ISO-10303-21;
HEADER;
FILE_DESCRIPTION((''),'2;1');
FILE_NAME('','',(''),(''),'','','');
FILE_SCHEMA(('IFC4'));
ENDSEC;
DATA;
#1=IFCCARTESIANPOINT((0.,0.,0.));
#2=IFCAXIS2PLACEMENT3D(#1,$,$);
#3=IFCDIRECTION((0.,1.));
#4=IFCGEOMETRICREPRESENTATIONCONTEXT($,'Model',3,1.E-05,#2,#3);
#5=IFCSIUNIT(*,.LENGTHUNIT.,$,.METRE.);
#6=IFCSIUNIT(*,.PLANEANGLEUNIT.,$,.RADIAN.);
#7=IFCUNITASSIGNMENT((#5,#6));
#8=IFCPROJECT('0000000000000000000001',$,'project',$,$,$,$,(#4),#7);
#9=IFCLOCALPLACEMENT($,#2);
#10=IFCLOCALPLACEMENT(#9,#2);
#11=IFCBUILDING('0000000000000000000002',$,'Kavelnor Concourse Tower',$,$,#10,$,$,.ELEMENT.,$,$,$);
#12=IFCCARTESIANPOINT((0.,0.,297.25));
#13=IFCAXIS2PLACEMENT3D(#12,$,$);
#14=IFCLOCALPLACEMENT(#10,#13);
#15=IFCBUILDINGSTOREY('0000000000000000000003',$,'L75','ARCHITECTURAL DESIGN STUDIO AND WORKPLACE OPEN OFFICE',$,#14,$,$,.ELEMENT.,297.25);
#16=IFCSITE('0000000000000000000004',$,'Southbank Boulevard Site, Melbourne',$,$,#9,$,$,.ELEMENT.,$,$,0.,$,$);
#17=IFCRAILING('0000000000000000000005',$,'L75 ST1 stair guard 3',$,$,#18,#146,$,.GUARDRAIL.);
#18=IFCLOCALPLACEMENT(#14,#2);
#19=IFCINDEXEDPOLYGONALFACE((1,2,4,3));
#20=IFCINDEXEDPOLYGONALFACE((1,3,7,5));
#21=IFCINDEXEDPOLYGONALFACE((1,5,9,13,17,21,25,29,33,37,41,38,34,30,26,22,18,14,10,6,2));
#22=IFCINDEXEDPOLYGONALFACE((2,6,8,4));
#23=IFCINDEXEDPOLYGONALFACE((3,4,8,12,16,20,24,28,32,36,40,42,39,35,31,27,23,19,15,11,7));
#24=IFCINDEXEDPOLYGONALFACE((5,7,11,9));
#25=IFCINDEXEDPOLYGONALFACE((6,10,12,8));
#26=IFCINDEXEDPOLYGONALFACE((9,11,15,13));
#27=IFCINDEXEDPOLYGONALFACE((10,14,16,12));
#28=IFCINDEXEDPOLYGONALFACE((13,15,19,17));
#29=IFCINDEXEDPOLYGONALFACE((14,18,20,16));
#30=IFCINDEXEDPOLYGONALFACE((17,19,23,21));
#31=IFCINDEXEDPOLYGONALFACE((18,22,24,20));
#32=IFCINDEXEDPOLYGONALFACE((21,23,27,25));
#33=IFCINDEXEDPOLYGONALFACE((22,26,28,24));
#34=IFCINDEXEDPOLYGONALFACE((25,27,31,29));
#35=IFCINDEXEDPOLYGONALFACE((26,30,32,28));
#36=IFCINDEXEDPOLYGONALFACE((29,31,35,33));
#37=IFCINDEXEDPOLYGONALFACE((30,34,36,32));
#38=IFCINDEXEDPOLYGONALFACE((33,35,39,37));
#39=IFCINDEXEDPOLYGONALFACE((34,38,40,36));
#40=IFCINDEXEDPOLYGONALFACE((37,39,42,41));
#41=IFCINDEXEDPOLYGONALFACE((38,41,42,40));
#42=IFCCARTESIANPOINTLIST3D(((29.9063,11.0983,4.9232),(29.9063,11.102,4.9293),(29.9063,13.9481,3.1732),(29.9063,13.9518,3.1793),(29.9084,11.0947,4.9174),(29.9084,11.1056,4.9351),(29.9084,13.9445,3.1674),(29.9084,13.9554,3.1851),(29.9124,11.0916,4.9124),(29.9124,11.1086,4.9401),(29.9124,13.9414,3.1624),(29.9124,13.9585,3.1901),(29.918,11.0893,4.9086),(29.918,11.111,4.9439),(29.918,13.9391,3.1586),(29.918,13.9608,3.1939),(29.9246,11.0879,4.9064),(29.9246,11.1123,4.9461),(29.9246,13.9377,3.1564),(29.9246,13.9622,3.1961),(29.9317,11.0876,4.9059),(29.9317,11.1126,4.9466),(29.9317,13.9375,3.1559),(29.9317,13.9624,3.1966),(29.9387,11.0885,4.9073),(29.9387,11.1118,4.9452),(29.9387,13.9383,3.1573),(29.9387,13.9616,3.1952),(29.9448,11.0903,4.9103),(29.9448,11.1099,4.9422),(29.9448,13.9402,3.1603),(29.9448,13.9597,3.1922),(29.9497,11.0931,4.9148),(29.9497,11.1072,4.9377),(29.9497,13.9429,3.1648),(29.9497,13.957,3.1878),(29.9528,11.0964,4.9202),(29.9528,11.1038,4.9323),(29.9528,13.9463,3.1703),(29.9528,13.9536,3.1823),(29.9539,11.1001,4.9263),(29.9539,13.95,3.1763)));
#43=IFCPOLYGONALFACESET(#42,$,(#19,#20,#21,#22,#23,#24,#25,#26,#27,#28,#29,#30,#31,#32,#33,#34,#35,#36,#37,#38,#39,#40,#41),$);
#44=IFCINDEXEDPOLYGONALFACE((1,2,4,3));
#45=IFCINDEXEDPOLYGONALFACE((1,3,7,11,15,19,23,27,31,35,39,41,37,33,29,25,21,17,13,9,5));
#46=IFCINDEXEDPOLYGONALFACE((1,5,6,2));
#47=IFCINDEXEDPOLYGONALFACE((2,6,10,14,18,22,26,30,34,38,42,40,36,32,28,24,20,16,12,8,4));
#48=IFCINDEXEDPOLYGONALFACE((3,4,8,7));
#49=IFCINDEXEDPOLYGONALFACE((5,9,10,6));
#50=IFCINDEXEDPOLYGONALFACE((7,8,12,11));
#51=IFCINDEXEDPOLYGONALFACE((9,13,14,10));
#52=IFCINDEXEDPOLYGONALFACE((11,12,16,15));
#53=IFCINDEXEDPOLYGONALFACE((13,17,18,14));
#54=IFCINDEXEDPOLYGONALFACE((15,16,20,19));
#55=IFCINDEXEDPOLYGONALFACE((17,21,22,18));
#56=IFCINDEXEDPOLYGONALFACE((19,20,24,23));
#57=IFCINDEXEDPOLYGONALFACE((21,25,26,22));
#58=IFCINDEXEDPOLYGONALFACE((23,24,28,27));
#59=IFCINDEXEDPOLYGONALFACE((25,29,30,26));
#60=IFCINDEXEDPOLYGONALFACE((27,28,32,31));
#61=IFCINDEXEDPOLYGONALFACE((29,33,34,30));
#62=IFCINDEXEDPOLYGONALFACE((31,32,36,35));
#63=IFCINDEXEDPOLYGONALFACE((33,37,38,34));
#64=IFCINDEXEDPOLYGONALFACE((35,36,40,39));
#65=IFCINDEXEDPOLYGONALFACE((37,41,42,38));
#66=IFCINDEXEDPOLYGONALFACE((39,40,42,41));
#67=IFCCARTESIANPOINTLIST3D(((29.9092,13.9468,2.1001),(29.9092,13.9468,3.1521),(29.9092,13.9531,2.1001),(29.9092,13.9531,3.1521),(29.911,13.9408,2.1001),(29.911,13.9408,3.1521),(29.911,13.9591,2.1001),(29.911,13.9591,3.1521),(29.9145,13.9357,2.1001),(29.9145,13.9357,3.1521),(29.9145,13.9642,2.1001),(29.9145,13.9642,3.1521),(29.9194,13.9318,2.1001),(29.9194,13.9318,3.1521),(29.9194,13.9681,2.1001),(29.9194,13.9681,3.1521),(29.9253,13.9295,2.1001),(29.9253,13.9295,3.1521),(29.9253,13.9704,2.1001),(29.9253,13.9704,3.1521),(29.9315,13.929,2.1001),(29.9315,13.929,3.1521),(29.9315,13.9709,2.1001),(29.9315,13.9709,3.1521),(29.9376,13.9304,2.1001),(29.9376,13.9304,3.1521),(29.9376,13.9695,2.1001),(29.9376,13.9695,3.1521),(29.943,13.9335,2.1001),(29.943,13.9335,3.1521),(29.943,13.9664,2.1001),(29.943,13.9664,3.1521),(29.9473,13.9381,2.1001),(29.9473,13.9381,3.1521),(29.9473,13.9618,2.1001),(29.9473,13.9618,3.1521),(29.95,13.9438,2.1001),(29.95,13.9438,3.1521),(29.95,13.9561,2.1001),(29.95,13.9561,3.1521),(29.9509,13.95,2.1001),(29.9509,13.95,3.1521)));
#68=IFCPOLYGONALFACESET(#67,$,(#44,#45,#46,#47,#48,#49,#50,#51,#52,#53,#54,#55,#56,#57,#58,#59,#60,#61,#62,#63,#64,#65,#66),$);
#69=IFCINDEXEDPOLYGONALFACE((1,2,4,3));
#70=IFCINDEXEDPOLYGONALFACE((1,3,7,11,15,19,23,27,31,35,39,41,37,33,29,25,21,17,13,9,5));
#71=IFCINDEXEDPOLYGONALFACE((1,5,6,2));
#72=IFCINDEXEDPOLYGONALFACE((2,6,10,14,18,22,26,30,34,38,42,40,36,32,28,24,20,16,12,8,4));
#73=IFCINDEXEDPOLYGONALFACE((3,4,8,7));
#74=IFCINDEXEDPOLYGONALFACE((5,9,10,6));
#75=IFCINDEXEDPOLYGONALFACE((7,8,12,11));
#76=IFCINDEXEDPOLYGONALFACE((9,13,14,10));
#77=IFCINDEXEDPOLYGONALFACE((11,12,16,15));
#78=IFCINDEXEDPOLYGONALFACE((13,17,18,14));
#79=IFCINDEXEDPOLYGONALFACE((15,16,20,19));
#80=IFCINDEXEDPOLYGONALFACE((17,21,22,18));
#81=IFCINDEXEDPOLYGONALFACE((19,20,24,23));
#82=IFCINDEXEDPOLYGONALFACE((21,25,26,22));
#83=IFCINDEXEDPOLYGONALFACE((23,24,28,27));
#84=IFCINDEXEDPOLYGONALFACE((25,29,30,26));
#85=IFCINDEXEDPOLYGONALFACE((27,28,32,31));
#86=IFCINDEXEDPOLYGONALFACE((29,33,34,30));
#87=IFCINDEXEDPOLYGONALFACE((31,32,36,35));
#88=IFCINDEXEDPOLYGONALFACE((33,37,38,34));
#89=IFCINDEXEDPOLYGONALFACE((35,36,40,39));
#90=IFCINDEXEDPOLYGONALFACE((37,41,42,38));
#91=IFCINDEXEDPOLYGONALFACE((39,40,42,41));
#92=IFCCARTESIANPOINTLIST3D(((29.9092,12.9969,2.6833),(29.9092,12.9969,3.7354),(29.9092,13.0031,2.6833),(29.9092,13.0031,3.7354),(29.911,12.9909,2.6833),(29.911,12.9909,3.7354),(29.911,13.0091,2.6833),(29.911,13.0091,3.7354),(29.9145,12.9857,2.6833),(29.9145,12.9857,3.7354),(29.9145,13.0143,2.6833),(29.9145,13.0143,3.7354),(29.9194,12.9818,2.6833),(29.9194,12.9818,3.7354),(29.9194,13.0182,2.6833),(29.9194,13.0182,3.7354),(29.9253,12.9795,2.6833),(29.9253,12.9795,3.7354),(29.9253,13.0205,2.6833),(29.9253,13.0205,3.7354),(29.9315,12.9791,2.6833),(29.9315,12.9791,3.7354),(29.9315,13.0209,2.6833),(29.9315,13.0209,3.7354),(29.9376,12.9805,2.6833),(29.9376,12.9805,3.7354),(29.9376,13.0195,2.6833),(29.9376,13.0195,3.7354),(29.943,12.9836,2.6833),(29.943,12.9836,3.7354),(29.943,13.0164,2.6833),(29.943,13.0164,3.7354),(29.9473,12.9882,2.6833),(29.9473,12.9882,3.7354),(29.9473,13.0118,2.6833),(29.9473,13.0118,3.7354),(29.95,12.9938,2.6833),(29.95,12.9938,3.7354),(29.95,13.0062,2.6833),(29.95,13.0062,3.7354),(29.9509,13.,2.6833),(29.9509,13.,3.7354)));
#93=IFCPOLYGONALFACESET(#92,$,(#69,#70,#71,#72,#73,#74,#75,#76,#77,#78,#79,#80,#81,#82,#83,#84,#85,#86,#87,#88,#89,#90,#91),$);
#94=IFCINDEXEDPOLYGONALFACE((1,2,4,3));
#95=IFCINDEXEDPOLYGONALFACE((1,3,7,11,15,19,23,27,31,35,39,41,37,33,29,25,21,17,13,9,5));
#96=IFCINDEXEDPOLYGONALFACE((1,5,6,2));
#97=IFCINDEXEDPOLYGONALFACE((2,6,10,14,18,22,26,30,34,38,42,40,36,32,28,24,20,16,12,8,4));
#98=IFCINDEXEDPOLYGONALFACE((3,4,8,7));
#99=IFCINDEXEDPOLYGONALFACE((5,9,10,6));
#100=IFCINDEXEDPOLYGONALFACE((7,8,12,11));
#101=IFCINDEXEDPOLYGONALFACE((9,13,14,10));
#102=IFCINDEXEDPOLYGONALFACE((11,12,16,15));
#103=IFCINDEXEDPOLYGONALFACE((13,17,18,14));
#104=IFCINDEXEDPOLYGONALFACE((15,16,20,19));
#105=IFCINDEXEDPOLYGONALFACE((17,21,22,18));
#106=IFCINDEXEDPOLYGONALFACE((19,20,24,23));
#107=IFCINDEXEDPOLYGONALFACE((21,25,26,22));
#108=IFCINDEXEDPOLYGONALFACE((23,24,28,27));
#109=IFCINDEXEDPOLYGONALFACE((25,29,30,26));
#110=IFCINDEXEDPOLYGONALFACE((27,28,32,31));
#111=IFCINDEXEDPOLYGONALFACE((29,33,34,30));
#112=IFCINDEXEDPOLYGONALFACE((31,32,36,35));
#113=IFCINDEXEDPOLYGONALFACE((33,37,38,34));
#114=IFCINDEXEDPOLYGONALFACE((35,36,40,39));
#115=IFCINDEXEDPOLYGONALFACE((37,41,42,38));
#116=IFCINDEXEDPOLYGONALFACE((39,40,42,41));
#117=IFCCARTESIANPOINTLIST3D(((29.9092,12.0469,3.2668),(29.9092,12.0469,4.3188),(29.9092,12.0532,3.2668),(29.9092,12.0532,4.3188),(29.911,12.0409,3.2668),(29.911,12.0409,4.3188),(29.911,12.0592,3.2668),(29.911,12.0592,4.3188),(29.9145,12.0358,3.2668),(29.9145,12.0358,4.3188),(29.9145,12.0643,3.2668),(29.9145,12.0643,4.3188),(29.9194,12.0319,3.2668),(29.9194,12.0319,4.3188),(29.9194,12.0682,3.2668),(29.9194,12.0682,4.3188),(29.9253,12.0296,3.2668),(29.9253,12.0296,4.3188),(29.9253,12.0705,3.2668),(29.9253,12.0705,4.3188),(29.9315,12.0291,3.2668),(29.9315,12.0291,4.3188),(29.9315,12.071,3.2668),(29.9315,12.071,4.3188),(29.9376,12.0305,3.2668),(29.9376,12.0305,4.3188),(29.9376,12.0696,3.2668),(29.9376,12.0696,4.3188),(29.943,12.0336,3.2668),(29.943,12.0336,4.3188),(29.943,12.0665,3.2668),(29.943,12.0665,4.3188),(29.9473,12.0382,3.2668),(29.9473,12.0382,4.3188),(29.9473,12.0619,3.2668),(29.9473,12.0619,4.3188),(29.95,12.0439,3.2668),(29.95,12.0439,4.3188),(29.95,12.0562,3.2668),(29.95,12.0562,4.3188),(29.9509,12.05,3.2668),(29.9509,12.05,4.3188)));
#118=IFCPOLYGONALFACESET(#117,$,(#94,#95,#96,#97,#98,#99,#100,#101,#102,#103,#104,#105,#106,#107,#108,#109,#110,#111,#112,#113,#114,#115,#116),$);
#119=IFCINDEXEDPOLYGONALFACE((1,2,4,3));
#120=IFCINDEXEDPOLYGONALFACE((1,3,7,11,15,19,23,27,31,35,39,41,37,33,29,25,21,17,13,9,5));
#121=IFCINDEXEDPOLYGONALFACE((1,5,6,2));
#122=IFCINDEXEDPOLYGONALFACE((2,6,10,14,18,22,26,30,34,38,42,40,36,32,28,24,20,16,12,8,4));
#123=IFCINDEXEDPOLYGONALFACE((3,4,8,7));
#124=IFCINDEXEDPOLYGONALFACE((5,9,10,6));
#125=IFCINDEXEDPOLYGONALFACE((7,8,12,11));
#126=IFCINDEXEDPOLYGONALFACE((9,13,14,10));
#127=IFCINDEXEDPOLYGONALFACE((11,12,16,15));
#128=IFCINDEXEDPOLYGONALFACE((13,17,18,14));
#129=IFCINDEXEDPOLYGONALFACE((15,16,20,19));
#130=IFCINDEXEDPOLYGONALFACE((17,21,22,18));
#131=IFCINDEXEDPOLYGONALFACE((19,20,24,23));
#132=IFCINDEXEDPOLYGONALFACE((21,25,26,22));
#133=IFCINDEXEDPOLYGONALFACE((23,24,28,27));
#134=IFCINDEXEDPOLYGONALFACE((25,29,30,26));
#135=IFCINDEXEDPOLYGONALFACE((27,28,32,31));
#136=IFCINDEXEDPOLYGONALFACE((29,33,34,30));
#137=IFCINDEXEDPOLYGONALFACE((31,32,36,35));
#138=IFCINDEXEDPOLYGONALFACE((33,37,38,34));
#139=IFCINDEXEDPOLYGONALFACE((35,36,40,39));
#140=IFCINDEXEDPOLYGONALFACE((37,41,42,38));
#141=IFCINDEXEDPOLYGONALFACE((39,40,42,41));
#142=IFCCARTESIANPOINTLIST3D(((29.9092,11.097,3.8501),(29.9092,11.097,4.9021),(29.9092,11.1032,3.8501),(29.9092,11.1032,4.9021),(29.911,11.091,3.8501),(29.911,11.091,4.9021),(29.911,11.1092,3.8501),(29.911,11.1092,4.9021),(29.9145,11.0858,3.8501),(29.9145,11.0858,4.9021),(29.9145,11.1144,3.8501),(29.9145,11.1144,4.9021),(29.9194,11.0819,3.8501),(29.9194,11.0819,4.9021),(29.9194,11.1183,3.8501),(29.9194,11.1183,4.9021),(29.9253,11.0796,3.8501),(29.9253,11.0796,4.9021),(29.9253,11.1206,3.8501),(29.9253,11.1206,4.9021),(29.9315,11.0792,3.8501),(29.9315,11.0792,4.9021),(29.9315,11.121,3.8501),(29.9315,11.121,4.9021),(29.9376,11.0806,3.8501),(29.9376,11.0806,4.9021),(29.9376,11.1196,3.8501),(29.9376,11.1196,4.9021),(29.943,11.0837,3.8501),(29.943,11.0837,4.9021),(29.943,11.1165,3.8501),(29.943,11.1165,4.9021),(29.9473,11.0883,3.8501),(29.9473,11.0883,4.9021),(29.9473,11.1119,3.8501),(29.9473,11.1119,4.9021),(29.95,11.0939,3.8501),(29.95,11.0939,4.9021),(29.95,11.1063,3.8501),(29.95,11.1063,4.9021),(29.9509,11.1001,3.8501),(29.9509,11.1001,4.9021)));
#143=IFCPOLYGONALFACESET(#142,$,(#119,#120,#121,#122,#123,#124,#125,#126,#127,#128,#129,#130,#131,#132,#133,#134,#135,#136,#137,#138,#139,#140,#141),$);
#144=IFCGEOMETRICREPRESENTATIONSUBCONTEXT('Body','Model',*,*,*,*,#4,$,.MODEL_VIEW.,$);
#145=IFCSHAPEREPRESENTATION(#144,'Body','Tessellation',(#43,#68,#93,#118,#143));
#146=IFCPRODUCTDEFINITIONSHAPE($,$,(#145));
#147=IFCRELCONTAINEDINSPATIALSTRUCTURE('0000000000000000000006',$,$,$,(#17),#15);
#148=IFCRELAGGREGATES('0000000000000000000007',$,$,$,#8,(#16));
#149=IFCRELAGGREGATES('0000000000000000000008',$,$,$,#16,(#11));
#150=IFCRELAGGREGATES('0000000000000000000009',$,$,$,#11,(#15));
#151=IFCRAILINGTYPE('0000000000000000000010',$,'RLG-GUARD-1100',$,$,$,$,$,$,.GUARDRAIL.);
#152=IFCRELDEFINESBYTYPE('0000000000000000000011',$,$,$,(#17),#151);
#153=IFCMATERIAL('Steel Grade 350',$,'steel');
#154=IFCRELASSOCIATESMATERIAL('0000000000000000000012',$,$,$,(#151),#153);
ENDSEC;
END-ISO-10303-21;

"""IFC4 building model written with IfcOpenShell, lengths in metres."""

from ifc_helpers import new_model, si_unit, direction, frame, origin, origin_2d, place, context, subcontext, project, spatial, circle, extrude, material, type_object, element, save


model = new_model("IFC4")

# Units and contexts
model_context = context("Model", 3, precision=1e-05, world=origin(), true_north=direction((0.0, 1.0)))
body_context = subcontext(model_context, "Body", "Model", "MODEL_VIEW")
ifc_project = project(units=[si_unit("LENGTHUNIT", "METRE"), si_unit("PLANEANGLEUNIT", "RADIAN")], contexts=[model_context])

# Site, building, storey
site_placement = place(None, origin())
site = spatial("IfcSite", under=ifc_project, at=site_placement, Name="Southbank Boulevard Site, Melbourne", CompositionType="ELEMENT", RefElevation=0.0)
building_placement = place(site_placement, origin())
building = spatial("IfcBuilding", under=site, at=building_placement, Name="Kavelnor Concourse Tower", CompositionType="ELEMENT")
storey_placement = place(building_placement, frame((0.0, 0.0, 297.25)))
storey = spatial("IfcBuildingStorey", under=building, at=storey_placement, Name="L75", Description="ARCHITECTURAL DESIGN STUDIO AND WORKPLACE OPEN OFFICE", CompositionType="ELEMENT", Elevation=297.25)

# Shared definitions
ifc_material_1 = material(Name="Steel Grade 350", Category="steel")

# Railing
railing_type_1 = type_object("IfcRailingType", Name="RLG-GUARD-1100", PredefinedType="GUARDRAIL", material=ifc_material_1)
railing_1_placement = place(storey_placement, frame((29.9299, 13.95, 2.1001)))
element("IfcRailing", 1, at=railing_1_placement, inside=storey, type_object=railing_type_1, Name="L75 ST1 stair guard 3", PredefinedType="GUARDRAIL", context=body_context, shape_type="SweptSolid", body=[
    extrude(circle(Radius=0.0239, at=origin_2d()), frame((0.0, 0.0, 1.0762), z_axis=(0.0, -0.852159, 0.523283), x_axis=(1.0, 0.0, 0.0)), (0.0, 0.0, 1.0), 3.3442),
    extrude(circle(Radius=0.021, at=origin_2d()), origin(), (0.0, 0.0, 1.0), 1.052),
    extrude(circle(Radius=0.021, at=origin_2d()), frame((0.0, -0.95, 0.5833)), (0.0, 0.0, 1.0), 1.052),
    extrude(circle(Radius=0.021, at=origin_2d()), frame((0.0, -1.8999, 1.1667)), (0.0, 0.0, 1.0), 1.052),
    extrude(circle(Radius=0.021, at=origin_2d()), frame((0.0, -2.8499, 1.75)), (0.0, 0.0, 1.0), 1.052),
])

save(model, "model.ifc")
